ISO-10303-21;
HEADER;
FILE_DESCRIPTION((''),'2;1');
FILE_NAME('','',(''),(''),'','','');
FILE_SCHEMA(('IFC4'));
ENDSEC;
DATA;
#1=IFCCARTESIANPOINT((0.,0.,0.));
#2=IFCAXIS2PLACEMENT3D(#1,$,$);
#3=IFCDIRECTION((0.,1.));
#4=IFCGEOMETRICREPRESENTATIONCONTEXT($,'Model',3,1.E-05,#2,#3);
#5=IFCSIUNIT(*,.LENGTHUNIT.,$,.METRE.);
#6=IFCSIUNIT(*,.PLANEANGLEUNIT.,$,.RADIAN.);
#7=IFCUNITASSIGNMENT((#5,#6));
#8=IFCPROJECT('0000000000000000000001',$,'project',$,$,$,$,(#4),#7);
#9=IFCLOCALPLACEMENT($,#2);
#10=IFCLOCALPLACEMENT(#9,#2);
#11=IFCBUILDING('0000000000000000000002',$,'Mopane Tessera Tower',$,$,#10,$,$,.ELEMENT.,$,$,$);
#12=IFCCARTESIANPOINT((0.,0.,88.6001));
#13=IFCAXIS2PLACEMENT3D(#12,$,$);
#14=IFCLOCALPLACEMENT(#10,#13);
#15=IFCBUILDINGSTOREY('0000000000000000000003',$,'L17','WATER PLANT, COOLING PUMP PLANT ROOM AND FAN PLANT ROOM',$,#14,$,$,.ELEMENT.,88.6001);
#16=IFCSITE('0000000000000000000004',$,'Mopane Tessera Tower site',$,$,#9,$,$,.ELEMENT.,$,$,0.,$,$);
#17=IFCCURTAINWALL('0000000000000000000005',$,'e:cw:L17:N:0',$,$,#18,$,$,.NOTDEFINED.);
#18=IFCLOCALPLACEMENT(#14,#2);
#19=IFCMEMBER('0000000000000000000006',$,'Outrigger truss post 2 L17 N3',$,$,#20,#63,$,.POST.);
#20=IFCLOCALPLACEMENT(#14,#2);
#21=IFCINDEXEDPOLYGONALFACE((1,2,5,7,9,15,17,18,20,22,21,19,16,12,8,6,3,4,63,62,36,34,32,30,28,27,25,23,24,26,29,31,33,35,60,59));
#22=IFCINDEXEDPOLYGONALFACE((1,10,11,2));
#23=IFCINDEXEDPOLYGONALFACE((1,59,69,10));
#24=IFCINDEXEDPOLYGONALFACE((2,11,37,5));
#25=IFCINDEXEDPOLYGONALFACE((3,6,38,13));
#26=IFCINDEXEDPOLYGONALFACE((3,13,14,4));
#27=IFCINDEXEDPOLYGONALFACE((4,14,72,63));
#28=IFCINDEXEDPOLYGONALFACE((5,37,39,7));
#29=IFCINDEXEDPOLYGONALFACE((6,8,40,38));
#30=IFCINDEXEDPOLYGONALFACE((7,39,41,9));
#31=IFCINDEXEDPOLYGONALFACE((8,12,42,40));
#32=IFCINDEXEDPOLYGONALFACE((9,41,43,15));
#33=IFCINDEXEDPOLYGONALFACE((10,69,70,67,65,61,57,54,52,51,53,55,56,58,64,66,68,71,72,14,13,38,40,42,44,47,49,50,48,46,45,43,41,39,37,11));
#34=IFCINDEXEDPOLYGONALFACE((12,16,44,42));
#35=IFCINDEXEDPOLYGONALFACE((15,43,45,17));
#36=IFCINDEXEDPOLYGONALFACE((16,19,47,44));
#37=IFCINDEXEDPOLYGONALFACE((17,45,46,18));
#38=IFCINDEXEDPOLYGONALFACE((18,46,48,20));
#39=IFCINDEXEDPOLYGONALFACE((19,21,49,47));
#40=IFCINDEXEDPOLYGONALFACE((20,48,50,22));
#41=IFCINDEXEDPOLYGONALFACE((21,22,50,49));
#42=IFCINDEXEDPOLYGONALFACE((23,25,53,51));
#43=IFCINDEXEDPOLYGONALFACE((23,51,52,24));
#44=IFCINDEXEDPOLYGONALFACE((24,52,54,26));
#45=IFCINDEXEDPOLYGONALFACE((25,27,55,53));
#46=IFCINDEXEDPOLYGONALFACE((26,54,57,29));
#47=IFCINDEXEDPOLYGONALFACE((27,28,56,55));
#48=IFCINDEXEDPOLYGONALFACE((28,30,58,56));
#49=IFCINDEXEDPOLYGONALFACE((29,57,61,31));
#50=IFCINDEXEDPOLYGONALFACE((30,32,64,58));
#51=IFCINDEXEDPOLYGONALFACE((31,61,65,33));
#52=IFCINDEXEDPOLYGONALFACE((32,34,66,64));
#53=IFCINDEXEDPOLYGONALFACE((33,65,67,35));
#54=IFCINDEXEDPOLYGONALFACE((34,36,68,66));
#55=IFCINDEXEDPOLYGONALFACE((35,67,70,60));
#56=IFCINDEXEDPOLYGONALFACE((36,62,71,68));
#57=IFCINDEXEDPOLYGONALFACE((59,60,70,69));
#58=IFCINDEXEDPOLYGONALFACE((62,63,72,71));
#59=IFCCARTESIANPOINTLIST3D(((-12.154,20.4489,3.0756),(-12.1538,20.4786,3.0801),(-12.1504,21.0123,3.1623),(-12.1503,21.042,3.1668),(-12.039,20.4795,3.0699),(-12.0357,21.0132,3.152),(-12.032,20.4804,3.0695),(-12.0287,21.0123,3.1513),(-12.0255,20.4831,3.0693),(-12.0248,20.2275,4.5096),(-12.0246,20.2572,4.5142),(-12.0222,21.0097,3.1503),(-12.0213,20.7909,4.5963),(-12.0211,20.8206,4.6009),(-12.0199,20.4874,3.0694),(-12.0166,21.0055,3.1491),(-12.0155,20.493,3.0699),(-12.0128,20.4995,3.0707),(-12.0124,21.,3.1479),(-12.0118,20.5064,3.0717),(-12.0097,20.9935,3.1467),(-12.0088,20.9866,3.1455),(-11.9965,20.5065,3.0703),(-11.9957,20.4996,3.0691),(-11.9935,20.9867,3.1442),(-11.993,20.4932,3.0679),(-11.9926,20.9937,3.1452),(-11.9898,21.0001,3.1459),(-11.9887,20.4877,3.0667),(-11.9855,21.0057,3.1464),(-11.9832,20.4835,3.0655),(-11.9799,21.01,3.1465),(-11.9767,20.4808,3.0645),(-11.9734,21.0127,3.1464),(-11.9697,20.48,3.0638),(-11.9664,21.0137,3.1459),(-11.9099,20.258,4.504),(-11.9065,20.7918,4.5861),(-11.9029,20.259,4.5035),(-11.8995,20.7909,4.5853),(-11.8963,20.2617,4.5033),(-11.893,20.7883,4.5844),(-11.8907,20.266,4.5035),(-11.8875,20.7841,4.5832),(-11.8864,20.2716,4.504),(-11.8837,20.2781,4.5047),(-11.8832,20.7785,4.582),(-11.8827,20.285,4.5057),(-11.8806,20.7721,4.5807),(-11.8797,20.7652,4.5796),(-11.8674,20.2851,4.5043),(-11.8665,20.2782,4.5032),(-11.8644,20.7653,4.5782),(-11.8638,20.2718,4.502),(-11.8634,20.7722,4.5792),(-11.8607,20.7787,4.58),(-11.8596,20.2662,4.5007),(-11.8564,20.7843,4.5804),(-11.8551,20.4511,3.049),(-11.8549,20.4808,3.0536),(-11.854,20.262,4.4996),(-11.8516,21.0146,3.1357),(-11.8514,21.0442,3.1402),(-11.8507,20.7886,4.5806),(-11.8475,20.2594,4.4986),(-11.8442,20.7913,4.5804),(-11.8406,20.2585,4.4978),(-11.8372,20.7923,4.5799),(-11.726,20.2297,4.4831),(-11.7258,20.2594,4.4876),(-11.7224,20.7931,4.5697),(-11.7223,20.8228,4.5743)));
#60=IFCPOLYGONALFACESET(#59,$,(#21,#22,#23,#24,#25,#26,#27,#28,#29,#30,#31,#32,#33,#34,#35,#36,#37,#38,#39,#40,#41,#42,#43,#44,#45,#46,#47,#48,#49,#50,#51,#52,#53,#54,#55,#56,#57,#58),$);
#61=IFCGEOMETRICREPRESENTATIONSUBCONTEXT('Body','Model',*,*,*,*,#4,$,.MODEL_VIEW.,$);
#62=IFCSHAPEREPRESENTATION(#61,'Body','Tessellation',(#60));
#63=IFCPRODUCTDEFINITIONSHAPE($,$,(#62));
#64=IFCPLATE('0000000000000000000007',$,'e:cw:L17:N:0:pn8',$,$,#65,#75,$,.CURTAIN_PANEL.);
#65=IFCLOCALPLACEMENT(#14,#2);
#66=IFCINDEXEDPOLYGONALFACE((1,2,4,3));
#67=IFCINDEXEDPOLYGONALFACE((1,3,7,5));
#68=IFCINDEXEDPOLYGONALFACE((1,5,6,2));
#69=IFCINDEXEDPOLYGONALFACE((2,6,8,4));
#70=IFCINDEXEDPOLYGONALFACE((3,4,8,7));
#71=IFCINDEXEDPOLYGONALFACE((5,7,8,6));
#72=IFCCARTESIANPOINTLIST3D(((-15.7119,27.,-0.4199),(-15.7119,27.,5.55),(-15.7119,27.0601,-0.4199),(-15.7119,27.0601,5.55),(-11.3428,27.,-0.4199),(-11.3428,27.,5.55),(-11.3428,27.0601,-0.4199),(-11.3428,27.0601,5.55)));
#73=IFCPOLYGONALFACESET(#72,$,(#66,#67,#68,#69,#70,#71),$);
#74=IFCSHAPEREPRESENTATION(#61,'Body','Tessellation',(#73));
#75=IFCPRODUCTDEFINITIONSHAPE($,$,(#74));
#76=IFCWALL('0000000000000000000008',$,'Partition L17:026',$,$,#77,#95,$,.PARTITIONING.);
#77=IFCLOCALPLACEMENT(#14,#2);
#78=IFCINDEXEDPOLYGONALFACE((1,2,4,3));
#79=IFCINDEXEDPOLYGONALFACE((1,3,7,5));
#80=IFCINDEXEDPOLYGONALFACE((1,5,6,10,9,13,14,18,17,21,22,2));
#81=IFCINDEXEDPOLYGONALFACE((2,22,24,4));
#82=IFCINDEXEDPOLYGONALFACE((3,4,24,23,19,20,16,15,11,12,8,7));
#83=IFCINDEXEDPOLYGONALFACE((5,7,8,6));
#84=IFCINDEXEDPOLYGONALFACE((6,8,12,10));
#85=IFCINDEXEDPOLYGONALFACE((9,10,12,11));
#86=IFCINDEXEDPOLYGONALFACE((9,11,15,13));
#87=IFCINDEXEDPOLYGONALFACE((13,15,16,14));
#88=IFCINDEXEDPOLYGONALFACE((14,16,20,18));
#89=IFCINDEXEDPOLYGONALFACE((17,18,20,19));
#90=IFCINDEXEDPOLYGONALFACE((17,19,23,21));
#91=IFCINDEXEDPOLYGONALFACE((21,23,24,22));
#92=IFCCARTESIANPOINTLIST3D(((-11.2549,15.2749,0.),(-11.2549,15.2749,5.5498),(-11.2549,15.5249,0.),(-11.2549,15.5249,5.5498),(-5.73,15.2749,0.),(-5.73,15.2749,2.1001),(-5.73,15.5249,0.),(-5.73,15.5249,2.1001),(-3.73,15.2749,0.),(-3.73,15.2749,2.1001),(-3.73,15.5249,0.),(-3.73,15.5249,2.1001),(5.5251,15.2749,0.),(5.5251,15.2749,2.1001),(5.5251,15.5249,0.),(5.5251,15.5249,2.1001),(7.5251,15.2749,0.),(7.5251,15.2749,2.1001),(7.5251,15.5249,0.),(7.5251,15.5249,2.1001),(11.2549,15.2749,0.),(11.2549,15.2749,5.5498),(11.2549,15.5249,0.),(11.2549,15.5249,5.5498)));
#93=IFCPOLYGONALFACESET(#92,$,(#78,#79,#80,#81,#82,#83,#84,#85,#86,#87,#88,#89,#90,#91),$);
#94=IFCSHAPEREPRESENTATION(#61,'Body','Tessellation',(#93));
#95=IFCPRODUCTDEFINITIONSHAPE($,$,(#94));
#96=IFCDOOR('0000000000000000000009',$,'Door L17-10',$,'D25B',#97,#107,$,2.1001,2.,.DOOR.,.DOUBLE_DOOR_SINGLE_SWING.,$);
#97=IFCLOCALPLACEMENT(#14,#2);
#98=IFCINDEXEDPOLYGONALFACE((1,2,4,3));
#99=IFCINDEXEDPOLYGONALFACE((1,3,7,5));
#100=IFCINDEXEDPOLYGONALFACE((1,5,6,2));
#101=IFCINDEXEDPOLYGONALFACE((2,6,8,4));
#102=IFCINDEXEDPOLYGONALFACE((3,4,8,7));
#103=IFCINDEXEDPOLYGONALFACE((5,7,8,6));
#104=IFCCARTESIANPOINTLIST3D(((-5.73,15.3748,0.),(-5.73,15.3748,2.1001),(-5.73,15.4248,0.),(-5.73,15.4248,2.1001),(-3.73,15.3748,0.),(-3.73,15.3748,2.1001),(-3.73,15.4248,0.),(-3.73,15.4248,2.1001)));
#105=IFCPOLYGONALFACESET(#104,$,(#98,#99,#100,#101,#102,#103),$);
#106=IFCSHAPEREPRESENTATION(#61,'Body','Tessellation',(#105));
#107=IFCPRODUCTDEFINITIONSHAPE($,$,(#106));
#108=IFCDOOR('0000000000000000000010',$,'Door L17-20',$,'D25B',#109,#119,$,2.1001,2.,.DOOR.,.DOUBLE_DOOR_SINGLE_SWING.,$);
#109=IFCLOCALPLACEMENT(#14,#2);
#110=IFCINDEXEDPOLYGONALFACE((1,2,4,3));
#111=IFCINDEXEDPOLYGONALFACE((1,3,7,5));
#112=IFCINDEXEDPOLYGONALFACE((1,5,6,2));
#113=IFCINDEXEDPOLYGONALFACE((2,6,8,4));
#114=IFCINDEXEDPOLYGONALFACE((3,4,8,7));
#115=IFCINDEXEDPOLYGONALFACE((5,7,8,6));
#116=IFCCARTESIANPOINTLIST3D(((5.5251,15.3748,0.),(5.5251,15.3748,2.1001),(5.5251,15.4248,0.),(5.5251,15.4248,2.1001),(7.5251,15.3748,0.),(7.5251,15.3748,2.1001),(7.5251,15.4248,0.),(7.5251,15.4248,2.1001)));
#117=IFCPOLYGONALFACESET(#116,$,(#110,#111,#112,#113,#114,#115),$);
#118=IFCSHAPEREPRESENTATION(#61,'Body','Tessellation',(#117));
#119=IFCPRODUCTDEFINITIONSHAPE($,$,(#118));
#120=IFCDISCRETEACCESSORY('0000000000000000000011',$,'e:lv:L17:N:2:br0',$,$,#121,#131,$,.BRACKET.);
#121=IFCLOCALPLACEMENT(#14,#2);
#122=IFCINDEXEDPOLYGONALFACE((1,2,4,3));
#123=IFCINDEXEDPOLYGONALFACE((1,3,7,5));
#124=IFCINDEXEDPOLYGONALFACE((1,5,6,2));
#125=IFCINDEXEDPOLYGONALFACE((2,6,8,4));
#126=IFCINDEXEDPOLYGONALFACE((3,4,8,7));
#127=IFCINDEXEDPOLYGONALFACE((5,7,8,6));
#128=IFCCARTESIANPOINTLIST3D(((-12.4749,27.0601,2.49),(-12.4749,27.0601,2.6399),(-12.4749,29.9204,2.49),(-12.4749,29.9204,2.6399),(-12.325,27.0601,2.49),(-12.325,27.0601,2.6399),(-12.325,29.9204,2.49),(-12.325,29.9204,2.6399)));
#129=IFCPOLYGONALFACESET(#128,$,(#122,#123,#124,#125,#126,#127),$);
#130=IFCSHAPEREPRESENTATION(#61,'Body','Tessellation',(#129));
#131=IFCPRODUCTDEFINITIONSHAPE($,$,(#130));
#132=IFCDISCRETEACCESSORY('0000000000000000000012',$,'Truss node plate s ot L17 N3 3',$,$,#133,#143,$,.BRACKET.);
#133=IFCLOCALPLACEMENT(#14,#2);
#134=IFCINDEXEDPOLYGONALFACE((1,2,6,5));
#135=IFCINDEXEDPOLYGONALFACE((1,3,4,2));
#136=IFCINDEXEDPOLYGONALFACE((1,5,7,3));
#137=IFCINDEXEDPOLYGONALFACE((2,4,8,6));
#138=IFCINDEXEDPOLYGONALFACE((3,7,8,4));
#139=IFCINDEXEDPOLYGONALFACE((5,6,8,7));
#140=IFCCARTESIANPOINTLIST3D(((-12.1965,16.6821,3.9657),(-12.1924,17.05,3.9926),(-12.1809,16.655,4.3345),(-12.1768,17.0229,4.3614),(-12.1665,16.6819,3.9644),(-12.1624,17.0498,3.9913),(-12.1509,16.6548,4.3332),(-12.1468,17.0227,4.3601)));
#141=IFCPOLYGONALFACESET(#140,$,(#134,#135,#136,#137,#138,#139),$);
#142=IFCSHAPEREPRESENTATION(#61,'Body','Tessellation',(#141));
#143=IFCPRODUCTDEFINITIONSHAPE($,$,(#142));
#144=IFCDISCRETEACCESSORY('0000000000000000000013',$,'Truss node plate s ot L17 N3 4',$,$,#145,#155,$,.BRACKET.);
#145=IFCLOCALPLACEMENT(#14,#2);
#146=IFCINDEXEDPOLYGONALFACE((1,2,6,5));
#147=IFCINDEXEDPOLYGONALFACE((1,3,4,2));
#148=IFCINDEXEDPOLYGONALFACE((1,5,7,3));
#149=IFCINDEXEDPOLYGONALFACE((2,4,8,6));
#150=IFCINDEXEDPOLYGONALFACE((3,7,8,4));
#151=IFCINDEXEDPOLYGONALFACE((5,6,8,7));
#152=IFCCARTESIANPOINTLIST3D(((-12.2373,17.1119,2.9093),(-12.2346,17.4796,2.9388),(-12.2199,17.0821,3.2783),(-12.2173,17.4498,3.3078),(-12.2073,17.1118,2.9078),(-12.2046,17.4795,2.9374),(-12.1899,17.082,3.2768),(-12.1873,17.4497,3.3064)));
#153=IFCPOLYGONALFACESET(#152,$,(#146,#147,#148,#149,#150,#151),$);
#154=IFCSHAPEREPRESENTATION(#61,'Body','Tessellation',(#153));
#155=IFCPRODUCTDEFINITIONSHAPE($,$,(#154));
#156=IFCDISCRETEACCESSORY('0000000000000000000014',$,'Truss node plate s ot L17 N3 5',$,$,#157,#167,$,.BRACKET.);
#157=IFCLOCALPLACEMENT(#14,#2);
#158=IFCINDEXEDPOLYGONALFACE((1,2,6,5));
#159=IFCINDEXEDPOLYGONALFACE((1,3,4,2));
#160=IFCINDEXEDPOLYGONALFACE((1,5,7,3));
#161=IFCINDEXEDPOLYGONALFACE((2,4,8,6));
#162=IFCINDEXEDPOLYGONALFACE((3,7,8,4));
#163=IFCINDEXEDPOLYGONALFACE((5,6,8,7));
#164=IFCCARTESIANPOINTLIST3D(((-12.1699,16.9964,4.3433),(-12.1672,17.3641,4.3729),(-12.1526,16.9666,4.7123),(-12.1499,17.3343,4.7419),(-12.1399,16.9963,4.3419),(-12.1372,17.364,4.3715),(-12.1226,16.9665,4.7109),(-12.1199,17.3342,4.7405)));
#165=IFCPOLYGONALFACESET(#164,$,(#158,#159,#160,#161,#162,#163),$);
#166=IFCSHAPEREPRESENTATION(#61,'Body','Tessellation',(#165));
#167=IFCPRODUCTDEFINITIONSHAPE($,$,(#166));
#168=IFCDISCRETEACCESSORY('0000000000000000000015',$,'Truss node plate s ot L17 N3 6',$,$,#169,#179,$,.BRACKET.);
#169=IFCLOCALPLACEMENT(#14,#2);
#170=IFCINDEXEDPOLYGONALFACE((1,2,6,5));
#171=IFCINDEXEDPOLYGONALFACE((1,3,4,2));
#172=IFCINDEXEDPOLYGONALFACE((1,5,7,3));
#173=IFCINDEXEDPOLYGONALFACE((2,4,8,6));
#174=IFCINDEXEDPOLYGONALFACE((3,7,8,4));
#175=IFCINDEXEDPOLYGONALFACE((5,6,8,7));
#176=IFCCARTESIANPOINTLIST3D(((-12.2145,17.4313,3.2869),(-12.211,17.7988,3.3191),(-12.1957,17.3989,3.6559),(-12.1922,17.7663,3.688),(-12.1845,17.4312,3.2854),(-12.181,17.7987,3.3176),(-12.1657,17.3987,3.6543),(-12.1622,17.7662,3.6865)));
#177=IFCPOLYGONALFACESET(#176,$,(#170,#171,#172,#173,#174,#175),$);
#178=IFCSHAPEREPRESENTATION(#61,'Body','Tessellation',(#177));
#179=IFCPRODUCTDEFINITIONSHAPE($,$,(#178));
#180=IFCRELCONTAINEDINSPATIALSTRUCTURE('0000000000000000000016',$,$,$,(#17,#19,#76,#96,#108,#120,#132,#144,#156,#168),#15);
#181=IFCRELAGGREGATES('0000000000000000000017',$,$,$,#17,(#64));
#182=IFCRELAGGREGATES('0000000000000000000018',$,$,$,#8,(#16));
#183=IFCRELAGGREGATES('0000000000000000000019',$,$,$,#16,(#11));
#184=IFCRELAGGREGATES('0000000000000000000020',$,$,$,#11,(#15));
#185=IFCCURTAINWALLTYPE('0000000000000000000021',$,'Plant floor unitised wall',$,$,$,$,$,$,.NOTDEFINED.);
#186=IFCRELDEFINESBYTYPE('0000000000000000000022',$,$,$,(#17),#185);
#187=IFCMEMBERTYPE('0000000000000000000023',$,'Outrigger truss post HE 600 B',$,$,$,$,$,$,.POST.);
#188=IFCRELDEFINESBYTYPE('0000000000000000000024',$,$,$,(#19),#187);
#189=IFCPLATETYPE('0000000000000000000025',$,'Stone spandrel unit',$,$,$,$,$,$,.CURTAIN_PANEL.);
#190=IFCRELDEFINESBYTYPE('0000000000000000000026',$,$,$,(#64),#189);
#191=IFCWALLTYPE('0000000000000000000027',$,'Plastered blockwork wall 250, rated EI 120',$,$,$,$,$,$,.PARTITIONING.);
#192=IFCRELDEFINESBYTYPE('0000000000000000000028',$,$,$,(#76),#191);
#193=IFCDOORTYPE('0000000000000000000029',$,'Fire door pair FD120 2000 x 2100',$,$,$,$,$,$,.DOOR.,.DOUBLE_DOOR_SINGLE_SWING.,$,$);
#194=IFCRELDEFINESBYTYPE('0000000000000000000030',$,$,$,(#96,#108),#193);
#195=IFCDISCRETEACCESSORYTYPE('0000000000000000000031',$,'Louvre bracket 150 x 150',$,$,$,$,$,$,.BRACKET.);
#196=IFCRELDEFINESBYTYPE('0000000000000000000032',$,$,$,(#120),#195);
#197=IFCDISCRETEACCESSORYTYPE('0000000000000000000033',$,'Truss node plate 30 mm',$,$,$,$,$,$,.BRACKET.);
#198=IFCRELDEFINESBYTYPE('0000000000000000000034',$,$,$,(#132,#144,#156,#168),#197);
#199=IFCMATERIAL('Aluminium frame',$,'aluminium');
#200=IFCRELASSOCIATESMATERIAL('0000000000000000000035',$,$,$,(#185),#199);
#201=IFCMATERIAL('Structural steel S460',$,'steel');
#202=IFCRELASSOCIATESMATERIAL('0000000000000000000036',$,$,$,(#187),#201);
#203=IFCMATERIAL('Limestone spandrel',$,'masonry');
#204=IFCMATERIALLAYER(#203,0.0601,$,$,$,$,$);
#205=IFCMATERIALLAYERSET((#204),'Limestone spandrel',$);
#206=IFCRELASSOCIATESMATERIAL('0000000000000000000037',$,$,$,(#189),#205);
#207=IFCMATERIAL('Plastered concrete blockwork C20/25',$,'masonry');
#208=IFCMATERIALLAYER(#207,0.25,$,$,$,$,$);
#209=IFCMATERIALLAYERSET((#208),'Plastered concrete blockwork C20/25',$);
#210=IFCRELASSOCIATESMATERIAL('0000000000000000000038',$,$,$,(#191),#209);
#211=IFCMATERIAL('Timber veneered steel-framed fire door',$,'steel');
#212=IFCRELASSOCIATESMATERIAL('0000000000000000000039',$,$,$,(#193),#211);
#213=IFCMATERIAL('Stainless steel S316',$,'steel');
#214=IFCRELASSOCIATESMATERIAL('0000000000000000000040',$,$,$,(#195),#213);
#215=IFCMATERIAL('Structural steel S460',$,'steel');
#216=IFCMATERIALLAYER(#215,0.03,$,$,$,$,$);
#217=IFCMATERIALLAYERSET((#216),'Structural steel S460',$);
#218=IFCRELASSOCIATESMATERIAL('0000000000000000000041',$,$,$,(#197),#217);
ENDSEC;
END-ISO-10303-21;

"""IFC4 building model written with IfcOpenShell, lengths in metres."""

from ifc_helpers import new_model, si_unit, direction, frame, frame_2d, origin, origin_2d, place, context, subcontext, project, spatial, rectangle, i_section, extrude, material, layer, layer_set, material_profile, profile_set, type_object, element, fill, aggregate, save


model = new_model("IFC4")

# Units and contexts
model_context = context("Model", 3, precision=1e-05, world=origin(), true_north=direction((0.0, 1.0)))
body_context = subcontext(model_context, "Body", "Model", "MODEL_VIEW")
ifc_project = project(units=[si_unit("LENGTHUNIT", "METRE"), si_unit("PLANEANGLEUNIT", "RADIAN")], contexts=[model_context])

# Site, building, storey
site_placement = place(None, origin())
site = spatial("IfcSite", under=ifc_project, at=site_placement, Name="Mopane Tessera Tower site", CompositionType="ELEMENT", RefElevation=0.0)
building_placement = place(site_placement, origin())
building = spatial("IfcBuilding", under=site, at=building_placement, Name="Mopane Tessera Tower", CompositionType="ELEMENT")
storey_placement = place(building_placement, frame((0.0, 0.0, 88.6001)))
storey = spatial("IfcBuildingStorey", under=building, at=storey_placement, Name="L17", Description="WATER PLANT, COOLING PUMP PLANT ROOM AND FAN PLANT ROOM", CompositionType="ELEMENT", Elevation=88.6001)

# Curtain wall
ifc_material_1 = material(Name="Aluminium frame", Category="aluminium")
curtain_wall_type = type_object("IfcCurtainWallType", Name="Plant floor unitised wall", PredefinedType="NOTDEFINED", material=ifc_material_1)
curtain_wall_placement = place(storey_placement, origin())
curtain_wall = element("IfcCurtainWall", 1, at=curtain_wall_placement, inside=storey, type_object=curtain_wall_type, Name="e:cw:L17:N:0", PredefinedType="NOTDEFINED")

# Member
ifc_material_2 = material(Name="Structural steel S460", Category="steel")
ifc_material_profile_1 = material_profile(ifc_material_2, i_section(OverallWidth=0.3, OverallDepth=0.6001, WebThickness=0.0154, FlangeThickness=0.03, FilletRadius=0.0271, at=origin_2d()))
ifc_profile_set_1 = profile_set([ifc_material_profile_1], Name="Structural steel S460")
member_type_1 = type_object("IfcMemberType", Name="Outrigger truss post HE 600 B", PredefinedType="POST", material=ifc_profile_set_1)
member_1_placement = place(storey_placement, frame((-12.0027, 20.7466, 3.1079), z_axis=(0.088653, -0.152, 0.984397), x_axis=(-0.996043, -0.00739, 0.08856)))
element("IfcMember", 2, at=member_1_placement, inside=storey, type_object=member_type_1, Name="Outrigger truss post 2 L17 N3", PredefinedType="POST", context=body_context, shape_type="SweptSolid", body=[
    extrude(i_section(OverallWidth=0.3, OverallDepth=0.6001, WebThickness=0.0154, FlangeThickness=0.03, FilletRadius=0.0271, at=origin_2d()), origin(), (0.0, 0.0, 1.0), 1.4568),
])

# Plate
ifc_material_3 = material(Name="Limestone spandrel", Category="masonry")
ifc_layer_1 = layer(ifc_material_3, 0.0601)
ifc_layer_set_1 = layer_set([ifc_layer_1], Name="Limestone spandrel")
plate_type = type_object("IfcPlateType", Name="Stone spandrel unit", PredefinedType="CURTAIN_PANEL", material=ifc_layer_set_1)
plate_placement = place(storey_placement, frame((-13.5273, 27.03, -0.4199), z_axis=(0.0, 0.0, 1.0), x_axis=(-1.0, 0.0, 0.0)))
plate = element("IfcPlate", 3, at=plate_placement, type_object=plate_type, Name="e:cw:L17:N:0:pn8", PredefinedType="CURTAIN_PANEL", context=body_context, shape_type="SweptSolid", body=[
    extrude(rectangle(XDim=4.3691, YDim=0.0601, at=origin_2d()), origin(), (0.0, 0.0, 1.0), 5.97),
])
aggregate(curtain_wall, [plate])

# Wall, openings, doors
ifc_material_4 = material(Name="Plastered concrete blockwork C20/25", Category="masonry")
ifc_layer_2 = layer(ifc_material_4, 0.25)
ifc_layer_set_2 = layer_set([ifc_layer_2], Name="Plastered concrete blockwork C20/25")
wall_type = type_object("IfcWallType", Name="Plastered blockwork wall 250, rated EI 120", PredefinedType="PARTITIONING", material=ifc_layer_set_2)
wall_placement = place(storey_placement, frame((-11.2549, 15.3999, 0.0), z_axis=(0.0, 0.0, 1.0), x_axis=(1.0, 0.0, 0.0)))
wall = element("IfcWall", 4, at=wall_placement, inside=storey, type_object=wall_type, Name="Partition L17:026", PredefinedType="PARTITIONING", context=body_context, shape_type="SweptSolid", body=[
    extrude(rectangle(XDim=22.5098, YDim=0.25, at=frame_2d((11.2549, 0.0))), origin(), (0.0, 0.0, 1.0), 5.5498),
])
opening_1_placement = place(wall_placement, frame((5.5249, 0.0, 0.0)))
opening_1 = element("IfcOpeningElement", 5, at=opening_1_placement, cuts=wall, PredefinedType="OPENING", context=body_context, shape_type="SweptSolid", body=[
    extrude(rectangle(XDim=2.0, YDim=2.1001, at=frame_2d((1.0, 1.05))), frame((0.0, 0.137, 0.0), z_axis=(0.0, -1.0, 0.0), x_axis=(1.0, 0.0, 0.0)), (0.0, 0.0, 1.0), 0.2739),
])
opening_2_placement = place(wall_placement, frame((16.78, 0.0, 0.0)))
opening_2 = element("IfcOpeningElement", 6, at=opening_2_placement, cuts=wall, PredefinedType="OPENING", context=body_context, shape_type="SweptSolid", body=[
    extrude(rectangle(XDim=2.0, YDim=2.1001, at=frame_2d((1.0, 1.05))), frame((0.0, 0.137, 0.0), z_axis=(0.0, -1.0, 0.0), x_axis=(1.0, 0.0, 0.0)), (0.0, 0.0, 1.0), 0.2739),
])
ifc_material_5 = material(Name="Timber veneered steel-framed fire door", Category="steel")
door_type = type_object("IfcDoorType", Name="Fire door pair FD120 2000 x 2100", OperationType="DOUBLE_DOOR_SINGLE_SWING", PredefinedType="DOOR", material=ifc_material_5)
door_1_placement = place(opening_1_placement, origin())
door_1 = element("IfcDoor", 7, at=door_1_placement, inside=storey, type_object=door_type, Name="Door L17-10", ObjectType="D25B", OperationType="DOUBLE_DOOR_SINGLE_SWING", OverallHeight=2.1001, OverallWidth=2.0, PredefinedType="DOOR", context=body_context, shape_type="SweptSolid", body=[
    extrude(rectangle(XDim=2.0, YDim=2.1001, at=frame_2d((1.0, 1.05))), frame((0.0, 0.0249, 0.0), z_axis=(0.0, -1.0, 0.0), x_axis=(1.0, 0.0, 0.0)), (0.0, 0.0, 1.0), 0.05),
])
fill(opening_1, door_1)
door_2_placement = place(opening_2_placement, origin())
door_2 = element("IfcDoor", 8, at=door_2_placement, inside=storey, type_object=door_type, Name="Door L17-20", ObjectType="D25B", OperationType="DOUBLE_DOOR_SINGLE_SWING", OverallHeight=2.1001, OverallWidth=2.0, PredefinedType="DOOR", context=body_context, shape_type="SweptSolid", body=[
    extrude(rectangle(XDim=2.0, YDim=2.1001, at=frame_2d((1.0, 1.05))), frame((0.0, 0.0249, 0.0), z_axis=(0.0, -1.0, 0.0), x_axis=(1.0, 0.0, 0.0)), (0.0, 0.0, 1.0), 0.05),
])
fill(opening_2, door_2)

# Discrete accessories
ifc_material_6 = material(Name="Stainless steel S316", Category="steel")
discrete_accessory_type_1 = type_object("IfcDiscreteAccessoryType", Name="Louvre bracket 150 x 150", PredefinedType="BRACKET", material=ifc_material_6)
discrete_accessory_1_placement = place(storey_placement, frame((-12.3999, 28.4902, 2.49), z_axis=(0.0, 0.0, 1.0), x_axis=(0.0, 1.0, 0.0)))
element("IfcDiscreteAccessory", 9, at=discrete_accessory_1_placement, inside=storey, type_object=discrete_accessory_type_1, Name="e:lv:L17:N:2:br0", PredefinedType="BRACKET", context=body_context, shape_type="SweptSolid", body=[
    extrude(rectangle(XDim=2.8604, YDim=0.1499, at=origin_2d()), origin(), (0.0, 0.0, 1.0), 0.1499),
])
ifc_material_7 = material(Name="Structural steel S460", Category="steel")
ifc_layer_3 = layer(ifc_material_7, 0.03)
ifc_layer_set_3 = layer_set([ifc_layer_3], Name="Structural steel S460")
discrete_accessory_type_2 = type_object("IfcDiscreteAccessoryType", Name="Truss node plate 30 mm", PredefinedType="BRACKET", material=ifc_layer_set_3)
discrete_accessory_2_placement = place(storey_placement, frame((-12.1794, 16.866, 3.9785), z_axis=(0.042205, -0.073199, 0.996424), x_axis=(-0.999046, 0.008123, 0.042912)))
element("IfcDiscreteAccessory", 10, at=discrete_accessory_2_placement, inside=storey, type_object=discrete_accessory_type_2, Name="Truss node plate s ot L17 N3 3", PredefinedType="BRACKET", context=body_context, shape_type="SweptSolid", body=[
    extrude(rectangle(XDim=0.03, YDim=0.3689, at=origin_2d()), origin(), (0.0, 0.0, 1.0), 0.3701),
])
for number, where, z_axis, x_axis, name in (
    (11, (-12.2209, 17.2957, 2.9233), (0.046785, -0.080391, 0.995665), (-0.998879, 0.003423, 0.047212), "Truss node plate s ot L17 N3 4"),
    (12, (-12.1536, 17.1802, 4.3574), (0.046785, -0.080391, 0.995665), (-0.998879, 0.003423, 0.047212), "Truss node plate s ot L17 N3 5"),
):
    element("IfcDiscreteAccessory", number, at=place(storey_placement, frame(where, z_axis=z_axis, x_axis=x_axis)), inside=storey, type_object=discrete_accessory_type_2, Name=name, PredefinedType="BRACKET", context=body_context, shape_type="SweptSolid", body=[
        extrude(rectangle(XDim=0.03, YDim=0.3689, at=origin_2d()), origin(), (0.0, 0.0, 1.0), 0.3706),
    ])
discrete_accessory_3_placement = place(storey_placement, frame((-12.1978, 17.615, 3.3022), z_axis=(0.050698, -0.087569, 0.994867), x_axis=(-0.998669, 0.004964, 0.051329)))
element("IfcDiscreteAccessory", 13, at=discrete_accessory_3_placement, inside=storey, type_object=discrete_accessory_type_2, Name="Truss node plate s ot L17 N3 6", PredefinedType="BRACKET", context=body_context, shape_type="SweptSolid", body=[
    extrude(rectangle(XDim=0.03, YDim=0.3689, at=origin_2d()), origin(), (0.0, 0.0, 1.0), 0.3708),
])

save(model, "model.ifc")
